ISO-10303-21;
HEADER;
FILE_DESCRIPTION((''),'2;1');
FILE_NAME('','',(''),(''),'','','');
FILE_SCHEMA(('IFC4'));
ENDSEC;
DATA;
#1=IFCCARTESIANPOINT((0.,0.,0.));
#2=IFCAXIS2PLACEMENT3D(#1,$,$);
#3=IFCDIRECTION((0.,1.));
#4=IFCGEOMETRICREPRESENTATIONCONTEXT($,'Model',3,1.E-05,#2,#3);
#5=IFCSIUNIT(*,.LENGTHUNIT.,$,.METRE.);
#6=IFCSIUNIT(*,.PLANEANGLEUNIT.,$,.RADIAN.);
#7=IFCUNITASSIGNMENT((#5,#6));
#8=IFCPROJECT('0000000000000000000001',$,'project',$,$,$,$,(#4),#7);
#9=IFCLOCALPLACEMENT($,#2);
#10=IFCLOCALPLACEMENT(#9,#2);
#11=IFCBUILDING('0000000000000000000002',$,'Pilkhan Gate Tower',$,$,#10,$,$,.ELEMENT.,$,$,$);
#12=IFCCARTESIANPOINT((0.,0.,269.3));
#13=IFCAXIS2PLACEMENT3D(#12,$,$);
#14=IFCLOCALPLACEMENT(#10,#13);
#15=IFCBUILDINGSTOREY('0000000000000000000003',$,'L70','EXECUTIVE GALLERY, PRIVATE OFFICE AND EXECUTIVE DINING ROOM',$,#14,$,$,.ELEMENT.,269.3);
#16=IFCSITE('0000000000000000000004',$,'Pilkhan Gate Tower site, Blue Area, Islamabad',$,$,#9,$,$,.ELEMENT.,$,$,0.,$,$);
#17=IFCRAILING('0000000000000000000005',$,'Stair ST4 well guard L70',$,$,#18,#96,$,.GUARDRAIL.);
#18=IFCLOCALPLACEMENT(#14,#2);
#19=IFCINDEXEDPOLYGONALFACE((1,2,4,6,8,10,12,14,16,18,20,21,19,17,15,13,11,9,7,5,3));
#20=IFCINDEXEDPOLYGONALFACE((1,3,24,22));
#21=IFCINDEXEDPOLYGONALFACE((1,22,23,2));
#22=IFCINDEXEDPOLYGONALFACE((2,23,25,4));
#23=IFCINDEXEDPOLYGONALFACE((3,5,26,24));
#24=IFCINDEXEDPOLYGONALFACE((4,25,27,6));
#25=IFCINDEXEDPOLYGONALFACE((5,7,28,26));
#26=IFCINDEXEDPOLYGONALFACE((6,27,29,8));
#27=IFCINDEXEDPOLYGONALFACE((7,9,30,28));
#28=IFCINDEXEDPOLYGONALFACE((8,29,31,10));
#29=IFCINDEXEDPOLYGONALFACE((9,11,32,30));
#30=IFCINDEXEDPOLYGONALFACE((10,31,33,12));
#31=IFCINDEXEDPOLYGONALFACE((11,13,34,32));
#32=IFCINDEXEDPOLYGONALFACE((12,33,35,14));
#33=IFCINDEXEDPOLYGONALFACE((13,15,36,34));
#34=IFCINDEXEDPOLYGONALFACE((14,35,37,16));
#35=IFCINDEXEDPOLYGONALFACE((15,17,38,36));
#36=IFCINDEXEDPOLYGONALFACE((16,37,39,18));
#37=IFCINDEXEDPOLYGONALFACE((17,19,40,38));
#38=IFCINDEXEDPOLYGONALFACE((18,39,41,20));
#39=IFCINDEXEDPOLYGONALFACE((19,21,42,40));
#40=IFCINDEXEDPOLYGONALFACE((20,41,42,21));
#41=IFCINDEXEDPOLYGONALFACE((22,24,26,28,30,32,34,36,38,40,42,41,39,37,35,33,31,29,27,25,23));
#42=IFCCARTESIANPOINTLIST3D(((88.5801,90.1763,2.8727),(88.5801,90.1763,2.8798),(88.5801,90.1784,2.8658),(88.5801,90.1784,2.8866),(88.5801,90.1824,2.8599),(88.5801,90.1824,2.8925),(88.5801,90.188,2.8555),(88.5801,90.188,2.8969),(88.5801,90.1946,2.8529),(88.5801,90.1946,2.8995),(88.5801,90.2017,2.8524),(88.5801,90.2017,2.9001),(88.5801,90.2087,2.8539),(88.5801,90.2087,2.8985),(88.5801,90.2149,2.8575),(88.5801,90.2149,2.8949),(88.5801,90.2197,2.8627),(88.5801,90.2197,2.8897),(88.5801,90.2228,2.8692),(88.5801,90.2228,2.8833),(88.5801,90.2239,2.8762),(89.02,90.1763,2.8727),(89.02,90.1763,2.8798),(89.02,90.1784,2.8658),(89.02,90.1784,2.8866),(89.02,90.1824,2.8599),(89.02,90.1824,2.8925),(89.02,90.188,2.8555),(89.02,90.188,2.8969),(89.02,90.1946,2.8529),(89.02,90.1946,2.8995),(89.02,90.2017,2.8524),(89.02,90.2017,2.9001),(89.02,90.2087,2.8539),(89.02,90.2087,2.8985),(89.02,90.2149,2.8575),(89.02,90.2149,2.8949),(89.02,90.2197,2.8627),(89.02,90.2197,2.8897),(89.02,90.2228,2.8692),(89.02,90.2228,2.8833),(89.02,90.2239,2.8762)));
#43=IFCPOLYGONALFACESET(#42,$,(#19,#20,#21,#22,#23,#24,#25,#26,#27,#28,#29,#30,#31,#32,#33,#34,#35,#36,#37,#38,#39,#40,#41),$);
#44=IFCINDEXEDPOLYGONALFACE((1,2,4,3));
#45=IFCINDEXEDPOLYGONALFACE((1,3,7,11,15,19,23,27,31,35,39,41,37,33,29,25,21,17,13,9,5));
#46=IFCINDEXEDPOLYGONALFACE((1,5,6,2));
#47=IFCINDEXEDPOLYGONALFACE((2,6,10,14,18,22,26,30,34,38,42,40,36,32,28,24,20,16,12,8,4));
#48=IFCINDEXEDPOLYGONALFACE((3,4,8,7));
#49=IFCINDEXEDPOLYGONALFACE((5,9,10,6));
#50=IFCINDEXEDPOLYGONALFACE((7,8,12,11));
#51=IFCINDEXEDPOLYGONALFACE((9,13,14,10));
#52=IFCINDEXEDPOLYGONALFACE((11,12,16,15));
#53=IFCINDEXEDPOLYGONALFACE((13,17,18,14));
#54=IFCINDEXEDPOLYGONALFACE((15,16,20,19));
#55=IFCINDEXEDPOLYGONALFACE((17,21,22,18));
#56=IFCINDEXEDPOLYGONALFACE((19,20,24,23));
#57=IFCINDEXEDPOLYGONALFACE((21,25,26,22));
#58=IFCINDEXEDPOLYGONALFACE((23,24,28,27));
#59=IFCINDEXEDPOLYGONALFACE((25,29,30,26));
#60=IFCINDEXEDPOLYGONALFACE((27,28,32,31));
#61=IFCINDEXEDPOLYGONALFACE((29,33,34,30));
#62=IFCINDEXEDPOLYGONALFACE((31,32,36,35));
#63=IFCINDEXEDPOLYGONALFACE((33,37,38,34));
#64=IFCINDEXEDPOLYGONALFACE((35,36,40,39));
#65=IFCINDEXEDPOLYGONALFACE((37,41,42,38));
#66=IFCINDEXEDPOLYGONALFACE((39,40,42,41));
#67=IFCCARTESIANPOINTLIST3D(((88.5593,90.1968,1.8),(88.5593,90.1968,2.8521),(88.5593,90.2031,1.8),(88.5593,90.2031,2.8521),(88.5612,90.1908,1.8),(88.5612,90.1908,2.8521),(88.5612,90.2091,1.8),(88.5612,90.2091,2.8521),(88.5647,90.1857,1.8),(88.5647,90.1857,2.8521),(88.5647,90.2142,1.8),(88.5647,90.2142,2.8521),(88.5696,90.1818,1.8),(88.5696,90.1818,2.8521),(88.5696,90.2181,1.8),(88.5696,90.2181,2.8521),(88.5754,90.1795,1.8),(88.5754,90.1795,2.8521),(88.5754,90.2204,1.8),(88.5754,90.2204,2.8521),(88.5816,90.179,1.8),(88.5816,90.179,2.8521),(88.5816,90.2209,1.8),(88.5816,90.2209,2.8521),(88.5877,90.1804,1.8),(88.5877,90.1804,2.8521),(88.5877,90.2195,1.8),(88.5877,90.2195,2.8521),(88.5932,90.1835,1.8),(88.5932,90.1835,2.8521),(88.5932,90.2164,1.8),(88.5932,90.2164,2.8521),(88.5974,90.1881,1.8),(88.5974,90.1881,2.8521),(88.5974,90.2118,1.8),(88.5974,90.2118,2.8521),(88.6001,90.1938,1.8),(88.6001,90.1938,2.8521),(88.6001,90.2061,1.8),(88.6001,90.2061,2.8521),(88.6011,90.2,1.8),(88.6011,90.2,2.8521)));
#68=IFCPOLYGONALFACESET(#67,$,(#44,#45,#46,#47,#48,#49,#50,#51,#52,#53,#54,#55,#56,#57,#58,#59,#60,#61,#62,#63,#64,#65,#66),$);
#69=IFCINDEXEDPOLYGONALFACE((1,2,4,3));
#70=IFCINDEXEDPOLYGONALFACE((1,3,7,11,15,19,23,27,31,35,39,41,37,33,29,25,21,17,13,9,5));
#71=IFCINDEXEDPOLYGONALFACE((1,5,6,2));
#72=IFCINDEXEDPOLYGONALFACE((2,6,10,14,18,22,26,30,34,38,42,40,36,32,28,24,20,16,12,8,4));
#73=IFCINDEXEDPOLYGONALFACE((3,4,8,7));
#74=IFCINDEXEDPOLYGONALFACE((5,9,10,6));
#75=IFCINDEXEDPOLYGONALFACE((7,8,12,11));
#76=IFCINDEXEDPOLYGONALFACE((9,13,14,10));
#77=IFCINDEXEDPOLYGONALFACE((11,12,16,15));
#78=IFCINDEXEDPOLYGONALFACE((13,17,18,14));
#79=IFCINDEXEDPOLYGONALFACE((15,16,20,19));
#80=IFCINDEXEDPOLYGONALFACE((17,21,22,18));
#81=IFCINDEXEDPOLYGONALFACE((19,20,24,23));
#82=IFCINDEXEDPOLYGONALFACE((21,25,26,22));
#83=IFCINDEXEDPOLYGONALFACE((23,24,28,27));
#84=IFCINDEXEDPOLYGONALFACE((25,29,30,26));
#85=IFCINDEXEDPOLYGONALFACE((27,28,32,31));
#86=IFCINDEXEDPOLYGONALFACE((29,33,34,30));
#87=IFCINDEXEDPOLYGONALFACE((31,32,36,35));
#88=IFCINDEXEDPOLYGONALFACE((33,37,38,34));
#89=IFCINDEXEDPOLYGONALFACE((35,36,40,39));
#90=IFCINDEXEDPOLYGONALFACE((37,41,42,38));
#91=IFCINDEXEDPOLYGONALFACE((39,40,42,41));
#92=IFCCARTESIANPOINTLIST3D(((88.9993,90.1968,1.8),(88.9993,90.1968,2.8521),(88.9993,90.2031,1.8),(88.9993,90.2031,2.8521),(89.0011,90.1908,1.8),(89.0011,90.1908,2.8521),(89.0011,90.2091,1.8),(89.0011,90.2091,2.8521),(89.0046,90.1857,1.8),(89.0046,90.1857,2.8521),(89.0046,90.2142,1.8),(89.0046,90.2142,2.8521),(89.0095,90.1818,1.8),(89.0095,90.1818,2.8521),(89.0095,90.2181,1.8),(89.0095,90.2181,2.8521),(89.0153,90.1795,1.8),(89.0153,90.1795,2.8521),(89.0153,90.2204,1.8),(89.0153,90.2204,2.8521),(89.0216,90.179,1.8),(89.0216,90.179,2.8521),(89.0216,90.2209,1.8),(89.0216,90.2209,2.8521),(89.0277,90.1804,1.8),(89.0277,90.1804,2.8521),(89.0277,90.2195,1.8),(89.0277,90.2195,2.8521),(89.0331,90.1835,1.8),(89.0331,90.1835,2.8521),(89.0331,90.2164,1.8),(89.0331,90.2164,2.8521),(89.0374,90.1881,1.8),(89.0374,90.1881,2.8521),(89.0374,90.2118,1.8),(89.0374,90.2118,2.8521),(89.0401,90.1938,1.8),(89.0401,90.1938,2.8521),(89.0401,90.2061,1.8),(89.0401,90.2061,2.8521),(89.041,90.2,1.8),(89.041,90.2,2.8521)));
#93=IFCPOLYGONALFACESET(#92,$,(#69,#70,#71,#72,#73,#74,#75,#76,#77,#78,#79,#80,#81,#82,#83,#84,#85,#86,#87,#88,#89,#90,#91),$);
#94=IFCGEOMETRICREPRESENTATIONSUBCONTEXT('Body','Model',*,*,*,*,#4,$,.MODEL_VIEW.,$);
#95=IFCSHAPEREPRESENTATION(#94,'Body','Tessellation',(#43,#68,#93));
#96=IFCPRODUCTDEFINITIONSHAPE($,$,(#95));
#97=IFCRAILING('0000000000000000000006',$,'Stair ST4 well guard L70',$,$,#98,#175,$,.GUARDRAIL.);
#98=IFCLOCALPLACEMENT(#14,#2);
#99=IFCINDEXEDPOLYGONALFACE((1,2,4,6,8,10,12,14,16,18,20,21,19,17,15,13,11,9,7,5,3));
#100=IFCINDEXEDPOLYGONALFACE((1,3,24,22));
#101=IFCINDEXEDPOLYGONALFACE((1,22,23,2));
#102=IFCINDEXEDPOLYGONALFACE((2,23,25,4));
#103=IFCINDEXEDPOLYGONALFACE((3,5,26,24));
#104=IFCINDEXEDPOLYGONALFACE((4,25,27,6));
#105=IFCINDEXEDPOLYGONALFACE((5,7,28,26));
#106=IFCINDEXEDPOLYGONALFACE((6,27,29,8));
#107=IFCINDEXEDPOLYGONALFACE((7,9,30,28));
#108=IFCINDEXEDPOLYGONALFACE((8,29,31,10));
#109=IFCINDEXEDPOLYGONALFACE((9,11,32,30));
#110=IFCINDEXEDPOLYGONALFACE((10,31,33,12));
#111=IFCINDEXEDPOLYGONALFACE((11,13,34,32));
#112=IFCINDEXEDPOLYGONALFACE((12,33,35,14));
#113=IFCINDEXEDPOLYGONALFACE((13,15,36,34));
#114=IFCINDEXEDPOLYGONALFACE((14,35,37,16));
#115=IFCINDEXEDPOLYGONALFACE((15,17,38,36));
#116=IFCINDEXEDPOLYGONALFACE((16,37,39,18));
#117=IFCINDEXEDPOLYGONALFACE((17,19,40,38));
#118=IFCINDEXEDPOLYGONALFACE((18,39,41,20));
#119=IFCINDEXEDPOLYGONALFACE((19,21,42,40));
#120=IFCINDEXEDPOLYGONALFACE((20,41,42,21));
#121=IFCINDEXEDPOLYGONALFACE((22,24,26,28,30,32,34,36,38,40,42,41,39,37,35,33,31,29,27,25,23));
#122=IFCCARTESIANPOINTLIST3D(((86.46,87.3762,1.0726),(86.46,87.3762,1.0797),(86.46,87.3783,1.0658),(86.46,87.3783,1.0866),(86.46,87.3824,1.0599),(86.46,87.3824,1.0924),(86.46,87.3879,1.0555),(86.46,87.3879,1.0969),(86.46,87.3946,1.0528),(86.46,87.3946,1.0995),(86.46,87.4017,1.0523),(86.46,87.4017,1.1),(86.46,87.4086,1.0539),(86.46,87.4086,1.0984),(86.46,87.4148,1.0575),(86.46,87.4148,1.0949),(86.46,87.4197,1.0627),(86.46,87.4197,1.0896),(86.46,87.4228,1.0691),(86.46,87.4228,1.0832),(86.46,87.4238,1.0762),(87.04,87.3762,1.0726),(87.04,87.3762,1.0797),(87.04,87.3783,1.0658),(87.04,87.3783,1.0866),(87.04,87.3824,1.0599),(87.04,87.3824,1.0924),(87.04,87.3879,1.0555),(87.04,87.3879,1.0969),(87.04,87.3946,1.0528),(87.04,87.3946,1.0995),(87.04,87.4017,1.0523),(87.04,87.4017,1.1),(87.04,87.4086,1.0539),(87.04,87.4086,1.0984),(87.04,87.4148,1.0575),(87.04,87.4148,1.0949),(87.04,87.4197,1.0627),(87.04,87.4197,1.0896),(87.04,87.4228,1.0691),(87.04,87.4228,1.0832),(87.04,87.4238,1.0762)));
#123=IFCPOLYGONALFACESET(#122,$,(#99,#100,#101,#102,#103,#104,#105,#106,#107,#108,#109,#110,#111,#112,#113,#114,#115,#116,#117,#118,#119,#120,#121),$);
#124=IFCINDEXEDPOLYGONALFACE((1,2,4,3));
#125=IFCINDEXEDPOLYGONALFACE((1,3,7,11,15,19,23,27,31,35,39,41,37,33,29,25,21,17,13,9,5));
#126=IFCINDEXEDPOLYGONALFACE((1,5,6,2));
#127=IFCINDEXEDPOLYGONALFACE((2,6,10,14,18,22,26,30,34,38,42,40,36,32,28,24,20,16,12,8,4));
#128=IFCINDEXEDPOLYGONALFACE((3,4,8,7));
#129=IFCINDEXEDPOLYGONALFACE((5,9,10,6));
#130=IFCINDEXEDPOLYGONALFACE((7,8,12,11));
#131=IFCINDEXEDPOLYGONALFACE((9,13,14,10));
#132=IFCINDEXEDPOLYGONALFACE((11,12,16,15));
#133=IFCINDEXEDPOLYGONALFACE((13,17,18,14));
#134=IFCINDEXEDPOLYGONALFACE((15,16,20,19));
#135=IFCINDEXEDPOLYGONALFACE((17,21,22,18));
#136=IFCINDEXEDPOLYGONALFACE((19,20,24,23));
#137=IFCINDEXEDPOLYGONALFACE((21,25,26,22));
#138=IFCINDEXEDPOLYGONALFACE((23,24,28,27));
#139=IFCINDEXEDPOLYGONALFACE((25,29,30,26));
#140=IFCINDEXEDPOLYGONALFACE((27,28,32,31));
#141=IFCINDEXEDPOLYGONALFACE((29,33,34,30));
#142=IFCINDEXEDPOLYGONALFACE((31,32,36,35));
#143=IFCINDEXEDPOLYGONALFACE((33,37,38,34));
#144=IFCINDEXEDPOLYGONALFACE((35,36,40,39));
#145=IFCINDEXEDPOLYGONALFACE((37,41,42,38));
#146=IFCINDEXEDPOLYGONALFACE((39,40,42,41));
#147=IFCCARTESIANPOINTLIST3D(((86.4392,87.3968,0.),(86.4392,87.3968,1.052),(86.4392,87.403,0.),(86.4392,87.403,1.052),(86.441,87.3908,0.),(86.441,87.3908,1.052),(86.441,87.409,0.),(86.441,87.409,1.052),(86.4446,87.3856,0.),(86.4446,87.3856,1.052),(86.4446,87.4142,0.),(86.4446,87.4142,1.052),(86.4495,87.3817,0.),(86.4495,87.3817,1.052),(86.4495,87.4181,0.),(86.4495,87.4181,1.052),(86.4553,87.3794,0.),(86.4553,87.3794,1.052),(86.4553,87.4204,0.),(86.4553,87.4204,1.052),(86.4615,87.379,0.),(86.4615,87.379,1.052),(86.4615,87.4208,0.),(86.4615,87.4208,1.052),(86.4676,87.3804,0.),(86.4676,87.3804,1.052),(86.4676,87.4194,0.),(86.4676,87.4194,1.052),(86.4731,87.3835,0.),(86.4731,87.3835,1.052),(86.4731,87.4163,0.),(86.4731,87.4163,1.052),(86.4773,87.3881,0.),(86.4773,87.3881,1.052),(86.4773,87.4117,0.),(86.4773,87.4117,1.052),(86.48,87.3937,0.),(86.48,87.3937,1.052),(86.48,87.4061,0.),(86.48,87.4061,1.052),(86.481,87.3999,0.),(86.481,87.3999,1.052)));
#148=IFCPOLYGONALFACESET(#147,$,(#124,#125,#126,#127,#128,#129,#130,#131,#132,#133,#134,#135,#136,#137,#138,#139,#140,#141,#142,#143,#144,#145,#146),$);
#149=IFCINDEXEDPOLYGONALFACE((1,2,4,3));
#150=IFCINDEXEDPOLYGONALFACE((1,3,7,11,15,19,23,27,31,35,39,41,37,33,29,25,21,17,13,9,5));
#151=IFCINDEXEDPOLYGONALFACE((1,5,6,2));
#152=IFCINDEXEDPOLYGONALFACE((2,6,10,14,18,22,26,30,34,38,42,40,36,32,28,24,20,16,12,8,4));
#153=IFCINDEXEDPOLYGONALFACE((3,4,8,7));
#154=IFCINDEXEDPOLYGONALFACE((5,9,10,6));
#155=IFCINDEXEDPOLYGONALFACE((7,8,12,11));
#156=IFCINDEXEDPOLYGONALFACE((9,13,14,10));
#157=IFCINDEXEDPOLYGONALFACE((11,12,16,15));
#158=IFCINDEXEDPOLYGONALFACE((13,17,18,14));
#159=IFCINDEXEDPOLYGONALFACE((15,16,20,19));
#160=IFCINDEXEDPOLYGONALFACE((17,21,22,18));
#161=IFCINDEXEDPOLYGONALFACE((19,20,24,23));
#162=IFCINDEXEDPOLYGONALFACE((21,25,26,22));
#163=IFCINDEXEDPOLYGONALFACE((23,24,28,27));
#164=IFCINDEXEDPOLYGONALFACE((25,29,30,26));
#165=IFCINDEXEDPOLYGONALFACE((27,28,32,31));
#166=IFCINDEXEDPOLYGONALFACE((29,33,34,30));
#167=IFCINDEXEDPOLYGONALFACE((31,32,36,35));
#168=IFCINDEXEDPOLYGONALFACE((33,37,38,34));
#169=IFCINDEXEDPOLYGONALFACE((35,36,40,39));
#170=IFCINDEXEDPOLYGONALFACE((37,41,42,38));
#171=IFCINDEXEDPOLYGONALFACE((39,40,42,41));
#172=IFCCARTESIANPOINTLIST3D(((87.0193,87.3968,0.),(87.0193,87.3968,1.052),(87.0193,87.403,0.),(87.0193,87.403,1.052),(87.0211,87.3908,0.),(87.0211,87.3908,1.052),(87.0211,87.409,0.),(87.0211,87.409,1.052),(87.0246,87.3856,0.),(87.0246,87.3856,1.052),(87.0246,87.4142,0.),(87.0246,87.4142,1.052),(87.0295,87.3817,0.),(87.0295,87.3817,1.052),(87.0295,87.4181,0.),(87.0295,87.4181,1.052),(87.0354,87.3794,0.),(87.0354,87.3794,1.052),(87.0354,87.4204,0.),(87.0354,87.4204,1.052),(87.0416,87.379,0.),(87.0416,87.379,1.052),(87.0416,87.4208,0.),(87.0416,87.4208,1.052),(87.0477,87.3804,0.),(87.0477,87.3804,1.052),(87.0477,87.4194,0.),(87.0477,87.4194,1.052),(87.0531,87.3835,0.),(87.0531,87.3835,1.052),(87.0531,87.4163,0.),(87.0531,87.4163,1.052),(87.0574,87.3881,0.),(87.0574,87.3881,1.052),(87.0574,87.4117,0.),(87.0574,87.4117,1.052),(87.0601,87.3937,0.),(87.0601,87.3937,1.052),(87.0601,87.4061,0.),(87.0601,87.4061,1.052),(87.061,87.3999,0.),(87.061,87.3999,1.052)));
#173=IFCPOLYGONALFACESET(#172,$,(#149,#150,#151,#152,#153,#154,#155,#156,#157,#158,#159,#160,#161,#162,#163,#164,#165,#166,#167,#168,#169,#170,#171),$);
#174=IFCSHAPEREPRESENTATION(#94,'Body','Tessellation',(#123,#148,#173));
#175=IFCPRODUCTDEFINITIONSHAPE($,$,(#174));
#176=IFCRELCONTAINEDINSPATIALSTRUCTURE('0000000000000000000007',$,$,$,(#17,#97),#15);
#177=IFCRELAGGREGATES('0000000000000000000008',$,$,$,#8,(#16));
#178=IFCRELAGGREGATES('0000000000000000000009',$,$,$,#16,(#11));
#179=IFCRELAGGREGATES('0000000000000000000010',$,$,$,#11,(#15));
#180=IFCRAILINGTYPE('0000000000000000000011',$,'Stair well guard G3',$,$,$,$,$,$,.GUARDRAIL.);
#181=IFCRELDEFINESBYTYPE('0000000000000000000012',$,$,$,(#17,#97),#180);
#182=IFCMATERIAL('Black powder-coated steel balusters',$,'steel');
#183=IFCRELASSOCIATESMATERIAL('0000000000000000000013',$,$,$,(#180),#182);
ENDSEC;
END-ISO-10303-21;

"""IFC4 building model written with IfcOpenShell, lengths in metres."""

from ifc_helpers import new_model, si_unit, direction, frame, origin, origin_2d, place, context, subcontext, project, spatial, circle, extrude, material, type_object, element, save


model = new_model("IFC4")

# Units and contexts
model_context = context("Model", 3, precision=1e-05, world=origin(), true_north=direction((0.0, 1.0)))
body_context = subcontext(model_context, "Body", "Model", "MODEL_VIEW")
ifc_project = project(units=[si_unit("LENGTHUNIT", "METRE"), si_unit("PLANEANGLEUNIT", "RADIAN")], contexts=[model_context])

# Site, building, storey
site_placement = place(None, origin())
site = spatial("IfcSite", under=ifc_project, at=site_placement, Name="Pilkhan Gate Tower site, Blue Area, Islamabad", CompositionType="ELEMENT", RefElevation=0.0)
building_placement = place(site_placement, origin())
building = spatial("IfcBuilding", under=site, at=building_placement, Name="Pilkhan Gate Tower", CompositionType="ELEMENT")
storey_placement = place(building_placement, frame((0.0, 0.0, 269.3)))
storey = spatial("IfcBuildingStorey", under=building, at=storey_placement, Name="L70", Description="EXECUTIVE GALLERY, PRIVATE OFFICE AND EXECUTIVE DINING ROOM", CompositionType="ELEMENT", Elevation=269.3)

# Railings
ifc_material_1 = material(Name="Black powder-coated steel balusters", Category="steel")
railing_type_1 = type_object("IfcRailingType", Name="Stair well guard G3", PredefinedType="GUARDRAIL", material=ifc_material_1)
railing_1_placement = place(storey_placement, frame((88.5801, 90.2, 1.8)))
element("IfcRailing", 1, at=railing_1_placement, inside=storey, type_object=railing_type_1, Name="Stair ST4 well guard L70", PredefinedType="GUARDRAIL", context=body_context, shape_type="SweptSolid", body=[
    extrude(circle(Radius=0.0239, at=origin_2d()), frame((0.0, 0.0, 1.0762), z_axis=(1.0, 0.0, 0.0), x_axis=(0.0, 1.0, 0.0)), (0.0, 0.0, 1.0), 0.4399),
    extrude(circle(Radius=0.021, at=origin_2d()), origin(), (0.0, 0.0, 1.0), 1.052),
    extrude(circle(Radius=0.021, at=origin_2d()), frame((0.4399, 0.0, 0.0)), (0.0, 0.0, 1.0), 1.052),
])
for number, where, name in (
    (2, (86.46, 87.3999, 0.0), "Stair ST4 well guard L70"),
):
    element("IfcRailing", number, at=place(storey_placement, frame(where)), inside=storey, type_object=railing_type_1, Name=name, PredefinedType="GUARDRAIL", context=body_context, shape_type="SweptSolid", body=[
        extrude(circle(Radius=0.0239, at=origin_2d()), frame((0.0, 0.0, 1.0762), z_axis=(1.0, 0.0, 0.0), x_axis=(0.0, 1.0, 0.0)), (0.0, 0.0, 1.0), 0.5801),
        extrude(circle(Radius=0.021, at=origin_2d()), origin(), (0.0, 0.0, 1.0), 1.052),
        extrude(circle(Radius=0.021, at=origin_2d()), frame((0.5801, 0.0, 0.0)), (0.0, 0.0, 1.0), 1.052),
    ])

save(model, "model.ifc")
